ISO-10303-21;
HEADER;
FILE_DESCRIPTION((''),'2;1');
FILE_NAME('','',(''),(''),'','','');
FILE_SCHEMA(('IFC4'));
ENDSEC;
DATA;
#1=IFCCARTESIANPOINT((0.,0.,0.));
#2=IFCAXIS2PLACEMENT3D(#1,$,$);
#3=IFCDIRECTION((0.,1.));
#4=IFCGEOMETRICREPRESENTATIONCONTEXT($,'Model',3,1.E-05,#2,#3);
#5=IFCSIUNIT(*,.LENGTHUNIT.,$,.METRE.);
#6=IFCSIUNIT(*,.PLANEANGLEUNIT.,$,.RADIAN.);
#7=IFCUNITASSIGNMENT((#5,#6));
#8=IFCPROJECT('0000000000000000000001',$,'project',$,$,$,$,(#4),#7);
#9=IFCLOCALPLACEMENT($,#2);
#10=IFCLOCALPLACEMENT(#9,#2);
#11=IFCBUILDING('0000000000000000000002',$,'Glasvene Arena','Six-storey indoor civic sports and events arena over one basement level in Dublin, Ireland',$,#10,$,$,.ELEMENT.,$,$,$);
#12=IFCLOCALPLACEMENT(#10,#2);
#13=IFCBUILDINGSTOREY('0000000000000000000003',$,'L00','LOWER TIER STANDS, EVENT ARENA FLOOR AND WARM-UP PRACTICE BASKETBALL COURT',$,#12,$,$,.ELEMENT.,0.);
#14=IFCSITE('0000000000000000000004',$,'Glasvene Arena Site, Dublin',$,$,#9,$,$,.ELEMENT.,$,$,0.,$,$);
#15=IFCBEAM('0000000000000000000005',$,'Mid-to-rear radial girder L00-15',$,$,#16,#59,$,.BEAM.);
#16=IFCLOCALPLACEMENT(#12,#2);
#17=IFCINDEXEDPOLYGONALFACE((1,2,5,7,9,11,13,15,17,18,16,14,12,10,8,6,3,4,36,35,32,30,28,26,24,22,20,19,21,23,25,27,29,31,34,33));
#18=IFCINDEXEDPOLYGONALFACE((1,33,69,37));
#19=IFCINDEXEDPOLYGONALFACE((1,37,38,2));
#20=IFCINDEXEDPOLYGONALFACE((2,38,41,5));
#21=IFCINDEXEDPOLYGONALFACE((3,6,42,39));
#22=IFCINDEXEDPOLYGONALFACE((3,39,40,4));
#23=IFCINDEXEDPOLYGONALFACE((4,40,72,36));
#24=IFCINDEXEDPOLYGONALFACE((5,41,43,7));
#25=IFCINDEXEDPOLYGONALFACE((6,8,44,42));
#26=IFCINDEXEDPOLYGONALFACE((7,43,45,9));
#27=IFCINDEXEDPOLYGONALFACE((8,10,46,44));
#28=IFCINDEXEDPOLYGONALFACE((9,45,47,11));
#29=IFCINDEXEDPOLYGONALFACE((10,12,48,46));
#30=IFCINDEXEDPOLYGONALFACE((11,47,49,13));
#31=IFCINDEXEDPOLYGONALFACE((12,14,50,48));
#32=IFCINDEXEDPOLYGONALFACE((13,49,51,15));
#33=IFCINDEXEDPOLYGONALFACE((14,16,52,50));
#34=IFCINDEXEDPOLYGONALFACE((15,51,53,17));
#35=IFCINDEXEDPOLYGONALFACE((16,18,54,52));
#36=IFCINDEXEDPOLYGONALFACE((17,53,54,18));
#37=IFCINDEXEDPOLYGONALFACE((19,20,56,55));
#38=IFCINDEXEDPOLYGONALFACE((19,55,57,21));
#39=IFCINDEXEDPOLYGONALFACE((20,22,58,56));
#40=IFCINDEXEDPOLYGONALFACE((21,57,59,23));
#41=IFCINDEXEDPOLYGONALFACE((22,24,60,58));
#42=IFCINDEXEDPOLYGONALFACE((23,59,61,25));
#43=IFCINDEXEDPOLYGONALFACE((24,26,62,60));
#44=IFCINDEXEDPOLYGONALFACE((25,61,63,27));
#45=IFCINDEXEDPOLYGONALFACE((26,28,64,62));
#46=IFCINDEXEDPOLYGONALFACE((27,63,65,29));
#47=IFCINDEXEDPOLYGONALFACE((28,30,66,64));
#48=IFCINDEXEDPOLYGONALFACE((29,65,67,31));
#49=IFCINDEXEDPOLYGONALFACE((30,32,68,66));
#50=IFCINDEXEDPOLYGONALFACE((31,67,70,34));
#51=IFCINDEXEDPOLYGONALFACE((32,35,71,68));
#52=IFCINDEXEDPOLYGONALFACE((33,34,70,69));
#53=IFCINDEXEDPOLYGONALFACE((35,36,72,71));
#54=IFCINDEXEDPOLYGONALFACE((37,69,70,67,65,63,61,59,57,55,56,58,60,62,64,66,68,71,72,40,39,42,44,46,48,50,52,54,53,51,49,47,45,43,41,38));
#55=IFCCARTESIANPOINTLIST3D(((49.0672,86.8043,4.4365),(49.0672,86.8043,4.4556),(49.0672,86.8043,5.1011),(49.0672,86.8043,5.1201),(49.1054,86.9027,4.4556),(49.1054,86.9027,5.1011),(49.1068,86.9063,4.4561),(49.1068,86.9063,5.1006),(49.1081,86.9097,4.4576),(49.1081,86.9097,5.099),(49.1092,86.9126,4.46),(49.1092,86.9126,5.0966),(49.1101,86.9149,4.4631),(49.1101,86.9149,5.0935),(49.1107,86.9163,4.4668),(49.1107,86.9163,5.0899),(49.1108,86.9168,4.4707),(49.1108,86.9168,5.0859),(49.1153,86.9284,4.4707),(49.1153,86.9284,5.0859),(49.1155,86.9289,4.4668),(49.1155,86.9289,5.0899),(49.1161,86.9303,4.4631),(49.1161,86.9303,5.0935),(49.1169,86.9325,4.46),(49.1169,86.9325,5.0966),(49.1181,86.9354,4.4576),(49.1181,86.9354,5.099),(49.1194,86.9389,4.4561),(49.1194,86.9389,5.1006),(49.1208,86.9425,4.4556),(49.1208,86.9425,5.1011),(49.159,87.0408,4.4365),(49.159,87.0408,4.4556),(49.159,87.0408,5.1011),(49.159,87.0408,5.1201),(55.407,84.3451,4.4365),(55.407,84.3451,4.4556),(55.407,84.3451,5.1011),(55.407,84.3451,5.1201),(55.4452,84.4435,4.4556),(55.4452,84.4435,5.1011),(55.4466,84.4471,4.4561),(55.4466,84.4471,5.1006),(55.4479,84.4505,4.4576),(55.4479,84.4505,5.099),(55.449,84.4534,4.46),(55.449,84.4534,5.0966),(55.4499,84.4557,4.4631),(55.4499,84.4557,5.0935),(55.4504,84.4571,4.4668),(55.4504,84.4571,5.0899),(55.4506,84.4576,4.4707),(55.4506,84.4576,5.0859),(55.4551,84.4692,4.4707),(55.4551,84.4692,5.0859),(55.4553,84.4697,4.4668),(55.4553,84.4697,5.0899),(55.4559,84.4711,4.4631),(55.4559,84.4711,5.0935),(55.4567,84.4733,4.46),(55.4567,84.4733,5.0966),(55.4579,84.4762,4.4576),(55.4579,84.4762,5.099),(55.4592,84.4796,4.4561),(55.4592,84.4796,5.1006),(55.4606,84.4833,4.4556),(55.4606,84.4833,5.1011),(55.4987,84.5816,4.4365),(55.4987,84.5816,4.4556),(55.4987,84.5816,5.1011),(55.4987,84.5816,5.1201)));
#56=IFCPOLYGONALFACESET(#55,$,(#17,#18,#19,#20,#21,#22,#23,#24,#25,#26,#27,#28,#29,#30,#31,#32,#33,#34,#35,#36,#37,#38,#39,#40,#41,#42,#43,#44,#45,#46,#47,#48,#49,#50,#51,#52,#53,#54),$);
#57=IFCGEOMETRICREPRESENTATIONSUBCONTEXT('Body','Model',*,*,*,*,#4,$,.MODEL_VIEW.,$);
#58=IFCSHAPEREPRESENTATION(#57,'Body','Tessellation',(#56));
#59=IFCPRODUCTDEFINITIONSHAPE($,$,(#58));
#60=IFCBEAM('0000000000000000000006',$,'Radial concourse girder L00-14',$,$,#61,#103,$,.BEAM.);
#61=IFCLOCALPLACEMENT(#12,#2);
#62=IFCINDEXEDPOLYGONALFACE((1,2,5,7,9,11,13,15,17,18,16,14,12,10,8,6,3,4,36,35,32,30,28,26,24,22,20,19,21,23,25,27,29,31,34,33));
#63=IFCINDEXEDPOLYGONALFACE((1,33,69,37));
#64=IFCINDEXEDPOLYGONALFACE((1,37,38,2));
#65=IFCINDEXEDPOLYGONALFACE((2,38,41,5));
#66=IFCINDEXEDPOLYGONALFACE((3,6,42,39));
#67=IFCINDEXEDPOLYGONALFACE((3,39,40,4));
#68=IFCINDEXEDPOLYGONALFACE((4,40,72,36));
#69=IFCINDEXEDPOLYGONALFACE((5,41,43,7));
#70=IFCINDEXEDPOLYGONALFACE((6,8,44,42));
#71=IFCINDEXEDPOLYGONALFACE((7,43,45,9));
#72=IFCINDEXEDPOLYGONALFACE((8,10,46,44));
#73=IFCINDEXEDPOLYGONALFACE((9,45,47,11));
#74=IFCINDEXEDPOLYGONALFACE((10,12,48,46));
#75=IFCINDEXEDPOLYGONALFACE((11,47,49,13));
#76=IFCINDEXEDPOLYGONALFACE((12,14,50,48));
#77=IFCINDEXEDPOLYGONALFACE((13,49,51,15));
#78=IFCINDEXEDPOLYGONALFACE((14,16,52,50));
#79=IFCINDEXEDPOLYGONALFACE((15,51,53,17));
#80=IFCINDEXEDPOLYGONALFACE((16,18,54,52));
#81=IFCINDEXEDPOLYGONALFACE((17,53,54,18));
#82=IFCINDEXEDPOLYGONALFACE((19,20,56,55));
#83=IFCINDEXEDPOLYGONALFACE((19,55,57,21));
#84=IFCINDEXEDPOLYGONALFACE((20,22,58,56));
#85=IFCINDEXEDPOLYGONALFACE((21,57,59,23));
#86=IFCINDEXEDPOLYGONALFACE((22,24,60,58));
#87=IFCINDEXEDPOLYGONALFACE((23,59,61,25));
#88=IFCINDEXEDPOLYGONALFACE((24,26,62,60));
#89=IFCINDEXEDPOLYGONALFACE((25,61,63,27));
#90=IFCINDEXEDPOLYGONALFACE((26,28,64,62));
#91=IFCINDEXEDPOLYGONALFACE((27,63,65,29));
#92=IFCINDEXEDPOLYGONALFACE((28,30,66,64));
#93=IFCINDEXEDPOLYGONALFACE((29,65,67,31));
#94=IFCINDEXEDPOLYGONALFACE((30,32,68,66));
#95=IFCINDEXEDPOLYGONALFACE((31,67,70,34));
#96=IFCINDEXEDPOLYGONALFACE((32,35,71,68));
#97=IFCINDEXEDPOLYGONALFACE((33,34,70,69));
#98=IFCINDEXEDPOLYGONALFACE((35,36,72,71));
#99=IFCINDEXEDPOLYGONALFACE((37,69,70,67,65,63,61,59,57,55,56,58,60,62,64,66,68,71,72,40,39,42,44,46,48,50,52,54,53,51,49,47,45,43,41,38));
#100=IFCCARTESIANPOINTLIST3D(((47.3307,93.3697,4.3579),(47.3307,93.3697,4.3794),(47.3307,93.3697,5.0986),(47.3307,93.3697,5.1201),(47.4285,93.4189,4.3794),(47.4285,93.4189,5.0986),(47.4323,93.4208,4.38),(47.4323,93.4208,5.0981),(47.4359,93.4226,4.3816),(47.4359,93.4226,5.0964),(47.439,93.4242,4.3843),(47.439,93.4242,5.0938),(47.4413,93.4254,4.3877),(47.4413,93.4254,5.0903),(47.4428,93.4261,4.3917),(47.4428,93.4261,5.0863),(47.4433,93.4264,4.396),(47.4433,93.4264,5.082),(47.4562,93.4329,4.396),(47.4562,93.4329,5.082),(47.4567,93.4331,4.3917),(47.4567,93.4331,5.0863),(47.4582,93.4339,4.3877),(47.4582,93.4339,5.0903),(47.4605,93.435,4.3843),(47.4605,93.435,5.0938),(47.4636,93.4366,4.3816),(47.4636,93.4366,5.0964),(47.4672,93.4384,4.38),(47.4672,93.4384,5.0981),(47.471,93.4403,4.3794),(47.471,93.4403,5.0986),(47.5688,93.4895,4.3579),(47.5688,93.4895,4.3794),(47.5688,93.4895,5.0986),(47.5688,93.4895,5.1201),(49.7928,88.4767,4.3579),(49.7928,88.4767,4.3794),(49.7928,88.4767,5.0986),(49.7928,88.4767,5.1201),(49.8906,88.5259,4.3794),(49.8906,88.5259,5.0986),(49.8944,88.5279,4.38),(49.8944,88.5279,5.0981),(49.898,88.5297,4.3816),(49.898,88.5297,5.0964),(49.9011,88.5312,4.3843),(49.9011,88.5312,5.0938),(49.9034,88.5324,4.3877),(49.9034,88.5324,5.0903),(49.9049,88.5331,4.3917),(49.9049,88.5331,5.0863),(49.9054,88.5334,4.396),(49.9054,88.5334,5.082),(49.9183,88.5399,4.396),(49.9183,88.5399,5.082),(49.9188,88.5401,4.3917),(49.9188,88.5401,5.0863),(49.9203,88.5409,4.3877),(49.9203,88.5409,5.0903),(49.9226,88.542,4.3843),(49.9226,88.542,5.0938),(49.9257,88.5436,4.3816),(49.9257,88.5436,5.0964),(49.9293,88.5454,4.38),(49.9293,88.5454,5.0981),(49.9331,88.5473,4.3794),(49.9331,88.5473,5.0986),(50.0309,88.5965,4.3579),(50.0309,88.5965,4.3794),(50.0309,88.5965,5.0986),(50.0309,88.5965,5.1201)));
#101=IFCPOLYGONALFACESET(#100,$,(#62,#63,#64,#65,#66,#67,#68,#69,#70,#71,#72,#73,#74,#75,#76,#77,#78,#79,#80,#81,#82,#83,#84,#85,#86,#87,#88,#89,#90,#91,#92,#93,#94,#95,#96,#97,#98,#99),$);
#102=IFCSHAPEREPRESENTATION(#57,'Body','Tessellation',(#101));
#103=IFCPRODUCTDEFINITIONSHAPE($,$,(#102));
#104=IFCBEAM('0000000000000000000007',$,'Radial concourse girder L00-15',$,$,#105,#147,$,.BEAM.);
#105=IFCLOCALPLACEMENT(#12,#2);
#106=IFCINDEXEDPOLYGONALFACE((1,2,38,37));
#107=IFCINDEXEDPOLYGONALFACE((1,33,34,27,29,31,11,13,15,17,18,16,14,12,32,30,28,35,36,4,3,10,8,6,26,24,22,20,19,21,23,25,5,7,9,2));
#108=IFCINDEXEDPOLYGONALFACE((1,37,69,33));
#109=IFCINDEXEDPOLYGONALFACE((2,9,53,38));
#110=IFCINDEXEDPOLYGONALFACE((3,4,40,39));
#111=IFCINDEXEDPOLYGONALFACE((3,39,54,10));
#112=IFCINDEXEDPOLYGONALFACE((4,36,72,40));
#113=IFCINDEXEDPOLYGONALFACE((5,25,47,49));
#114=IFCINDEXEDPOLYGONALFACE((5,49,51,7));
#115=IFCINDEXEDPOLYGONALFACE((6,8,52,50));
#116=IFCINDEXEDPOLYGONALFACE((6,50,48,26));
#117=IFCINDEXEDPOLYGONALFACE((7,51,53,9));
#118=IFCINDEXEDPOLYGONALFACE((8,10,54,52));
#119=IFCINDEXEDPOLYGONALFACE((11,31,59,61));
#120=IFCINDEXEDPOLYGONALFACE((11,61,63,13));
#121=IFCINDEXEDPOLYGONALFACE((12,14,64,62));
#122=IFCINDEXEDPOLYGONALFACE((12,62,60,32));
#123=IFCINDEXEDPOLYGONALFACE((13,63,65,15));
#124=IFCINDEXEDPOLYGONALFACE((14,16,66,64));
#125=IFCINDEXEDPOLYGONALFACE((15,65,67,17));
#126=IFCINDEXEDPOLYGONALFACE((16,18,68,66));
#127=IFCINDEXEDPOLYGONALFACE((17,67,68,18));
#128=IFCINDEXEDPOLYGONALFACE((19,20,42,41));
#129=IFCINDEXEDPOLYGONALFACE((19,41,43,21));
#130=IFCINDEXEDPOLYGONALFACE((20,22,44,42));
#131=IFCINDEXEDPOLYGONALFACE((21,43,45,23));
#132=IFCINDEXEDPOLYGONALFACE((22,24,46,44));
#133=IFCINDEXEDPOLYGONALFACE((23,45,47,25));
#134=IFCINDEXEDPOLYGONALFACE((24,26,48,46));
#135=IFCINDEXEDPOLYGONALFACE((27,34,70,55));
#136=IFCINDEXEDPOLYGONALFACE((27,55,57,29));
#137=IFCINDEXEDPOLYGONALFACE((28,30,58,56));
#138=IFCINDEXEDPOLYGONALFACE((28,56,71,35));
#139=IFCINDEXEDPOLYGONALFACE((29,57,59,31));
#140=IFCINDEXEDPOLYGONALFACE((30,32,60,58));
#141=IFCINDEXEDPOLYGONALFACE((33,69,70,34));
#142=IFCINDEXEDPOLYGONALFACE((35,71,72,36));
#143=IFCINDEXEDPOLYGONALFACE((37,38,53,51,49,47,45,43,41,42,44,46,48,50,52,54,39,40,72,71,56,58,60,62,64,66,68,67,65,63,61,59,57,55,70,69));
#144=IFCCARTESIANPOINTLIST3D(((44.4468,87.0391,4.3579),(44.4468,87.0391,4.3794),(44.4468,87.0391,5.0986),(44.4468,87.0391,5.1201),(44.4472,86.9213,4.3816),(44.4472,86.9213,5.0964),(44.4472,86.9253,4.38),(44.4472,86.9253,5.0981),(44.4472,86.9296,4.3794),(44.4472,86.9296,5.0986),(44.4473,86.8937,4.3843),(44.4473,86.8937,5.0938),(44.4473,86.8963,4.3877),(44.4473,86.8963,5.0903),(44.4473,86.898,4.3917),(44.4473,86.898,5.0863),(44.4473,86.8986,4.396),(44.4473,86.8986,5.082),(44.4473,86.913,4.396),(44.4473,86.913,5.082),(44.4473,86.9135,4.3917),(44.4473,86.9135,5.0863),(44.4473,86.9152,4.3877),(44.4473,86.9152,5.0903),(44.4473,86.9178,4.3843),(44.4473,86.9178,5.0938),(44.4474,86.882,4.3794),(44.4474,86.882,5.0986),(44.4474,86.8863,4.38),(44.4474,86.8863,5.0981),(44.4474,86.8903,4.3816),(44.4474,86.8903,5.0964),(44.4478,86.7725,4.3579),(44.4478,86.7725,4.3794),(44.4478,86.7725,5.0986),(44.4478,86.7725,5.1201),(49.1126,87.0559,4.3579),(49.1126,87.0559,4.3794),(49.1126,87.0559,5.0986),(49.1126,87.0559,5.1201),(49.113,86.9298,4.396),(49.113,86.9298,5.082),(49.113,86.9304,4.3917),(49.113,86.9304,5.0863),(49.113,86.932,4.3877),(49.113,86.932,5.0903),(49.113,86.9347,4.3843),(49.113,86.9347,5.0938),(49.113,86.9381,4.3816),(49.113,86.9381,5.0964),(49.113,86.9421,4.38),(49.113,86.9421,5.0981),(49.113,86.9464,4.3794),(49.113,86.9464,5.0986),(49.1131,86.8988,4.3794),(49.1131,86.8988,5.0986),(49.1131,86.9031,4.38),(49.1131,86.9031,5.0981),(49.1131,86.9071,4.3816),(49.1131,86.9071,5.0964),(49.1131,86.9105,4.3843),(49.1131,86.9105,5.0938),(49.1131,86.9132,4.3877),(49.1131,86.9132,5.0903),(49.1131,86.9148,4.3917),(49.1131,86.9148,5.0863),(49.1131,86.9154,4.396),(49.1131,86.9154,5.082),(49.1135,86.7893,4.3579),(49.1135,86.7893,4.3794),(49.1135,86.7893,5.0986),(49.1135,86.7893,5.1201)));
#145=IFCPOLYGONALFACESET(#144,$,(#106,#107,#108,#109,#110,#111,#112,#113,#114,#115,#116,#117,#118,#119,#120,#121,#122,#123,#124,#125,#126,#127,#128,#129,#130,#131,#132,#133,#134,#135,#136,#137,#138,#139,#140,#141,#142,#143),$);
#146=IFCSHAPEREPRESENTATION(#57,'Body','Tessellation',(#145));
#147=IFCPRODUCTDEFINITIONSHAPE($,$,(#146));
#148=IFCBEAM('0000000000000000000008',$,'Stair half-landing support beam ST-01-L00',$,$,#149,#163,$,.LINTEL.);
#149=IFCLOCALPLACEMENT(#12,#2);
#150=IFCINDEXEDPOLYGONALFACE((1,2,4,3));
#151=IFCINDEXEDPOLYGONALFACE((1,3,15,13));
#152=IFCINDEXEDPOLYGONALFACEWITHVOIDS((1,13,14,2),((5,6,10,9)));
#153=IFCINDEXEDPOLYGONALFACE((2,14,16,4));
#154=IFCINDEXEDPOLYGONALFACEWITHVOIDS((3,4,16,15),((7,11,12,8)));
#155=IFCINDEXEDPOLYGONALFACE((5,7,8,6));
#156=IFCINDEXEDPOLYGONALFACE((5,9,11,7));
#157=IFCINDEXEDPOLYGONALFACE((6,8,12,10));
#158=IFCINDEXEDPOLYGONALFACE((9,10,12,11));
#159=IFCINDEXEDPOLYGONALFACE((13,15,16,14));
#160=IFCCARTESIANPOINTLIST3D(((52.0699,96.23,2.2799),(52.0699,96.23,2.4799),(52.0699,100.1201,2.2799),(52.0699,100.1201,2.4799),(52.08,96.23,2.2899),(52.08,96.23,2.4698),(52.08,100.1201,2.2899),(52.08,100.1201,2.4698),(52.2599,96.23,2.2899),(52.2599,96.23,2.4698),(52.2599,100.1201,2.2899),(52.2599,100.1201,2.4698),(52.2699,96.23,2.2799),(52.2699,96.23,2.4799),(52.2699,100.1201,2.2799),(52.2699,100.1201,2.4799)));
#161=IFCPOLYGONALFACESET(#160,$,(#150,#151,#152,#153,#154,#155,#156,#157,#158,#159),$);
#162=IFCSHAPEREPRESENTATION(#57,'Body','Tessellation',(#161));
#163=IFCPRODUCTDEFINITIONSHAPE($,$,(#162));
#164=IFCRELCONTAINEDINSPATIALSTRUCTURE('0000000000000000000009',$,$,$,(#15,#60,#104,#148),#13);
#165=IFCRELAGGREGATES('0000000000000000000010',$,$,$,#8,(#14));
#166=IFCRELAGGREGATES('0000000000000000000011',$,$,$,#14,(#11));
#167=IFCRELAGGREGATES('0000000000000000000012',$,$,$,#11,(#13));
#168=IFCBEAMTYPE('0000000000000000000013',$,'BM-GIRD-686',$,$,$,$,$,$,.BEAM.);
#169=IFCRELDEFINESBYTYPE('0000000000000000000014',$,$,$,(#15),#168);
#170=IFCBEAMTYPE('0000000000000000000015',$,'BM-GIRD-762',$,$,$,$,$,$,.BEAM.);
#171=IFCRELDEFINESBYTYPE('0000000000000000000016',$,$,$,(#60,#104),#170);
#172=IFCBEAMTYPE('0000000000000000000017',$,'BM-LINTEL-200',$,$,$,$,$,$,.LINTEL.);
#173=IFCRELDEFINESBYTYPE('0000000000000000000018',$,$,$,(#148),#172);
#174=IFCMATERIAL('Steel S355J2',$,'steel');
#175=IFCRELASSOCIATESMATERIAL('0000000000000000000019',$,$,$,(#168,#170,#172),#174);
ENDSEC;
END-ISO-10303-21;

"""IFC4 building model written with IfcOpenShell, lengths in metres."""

from ifc_helpers import new_model, si_unit, direction, frame, origin, origin_2d, place, context, subcontext, project, spatial, hollow_rectangle, i_section, extrude, material, material_profile, profile_set, type_object, element, save


model = new_model("IFC4")

# Units and contexts
model_context = context("Model", 3, precision=1e-05, world=origin(), true_north=direction((0.0, 1.0)))
body_context = subcontext(model_context, "Body", "Model", "MODEL_VIEW")
ifc_project = project(units=[si_unit("LENGTHUNIT", "METRE"), si_unit("PLANEANGLEUNIT", "RADIAN")], contexts=[model_context])

# Site, building, storey
site_placement = place(None, origin())
site = spatial("IfcSite", under=ifc_project, at=site_placement, Name="Glasvene Arena Site, Dublin", CompositionType="ELEMENT", RefElevation=0.0)
building_placement = place(site_placement, origin())
building = spatial("IfcBuilding", under=site, at=building_placement, Name="Glasvene Arena", Description="Six-storey indoor civic sports and events arena over one basement level in Dublin, Ireland", CompositionType="ELEMENT")
storey_placement = place(building_placement, origin())
storey = spatial("IfcBuildingStorey", under=building, at=storey_placement, Name="L00", Description="LOWER TIER STANDS, EVENT ARENA FLOOR AND WARM-UP PRACTICE BASKETBALL COURT", CompositionType="ELEMENT", Elevation=0.0)

# Shared definitions
ifc_material_1 = material(Name="Steel S355J2", Category="steel")

# Beams
ifc_material_profile_1 = material_profile(ifc_material_1, i_section(OverallWidth=0.2537, OverallDepth=0.6836, WebThickness=0.0125, FlangeThickness=0.019, FilletRadius=0.0151, at=origin_2d()), Name="UKB 686x254x140")
ifc_profile_set_1 = profile_set([ifc_material_profile_1], Name="Steel S355J2")
beam_type_1 = type_object("IfcBeamType", Name="BM-GIRD-686", PredefinedType="BEAM", material=ifc_profile_set_1)
for number, where, z_axis, x_axis, name in (
    (1, (55.4529, 84.4634, 4.7783), (-0.932316, 0.361646, 0.0), (-0.361646, -0.932316, 0.0), "Mid-to-rear radial girder L00-15"),
):
    element("IfcBeam", number, at=place(storey_placement, frame(where, z_axis=z_axis, x_axis=x_axis)), inside=storey, type_object=beam_type_1, Name=name, PredefinedType="BEAM", context=body_context, shape_type="SweptSolid", body=[
        extrude(i_section(OverallWidth=0.2537, OverallDepth=0.6836, WebThickness=0.0125, FlangeThickness=0.019, FilletRadius=0.0151, at=origin_2d()), origin(), (0.0, 0.0, 1.0), 6.8),
    ])
ifc_material_profile_2 = material_profile(ifc_material_1, i_section(OverallWidth=0.2666, OverallDepth=0.7622, WebThickness=0.0144, FlangeThickness=0.0215, FilletRadius=0.0166, at=origin_2d()), Name="UKB 762x267x173")
ifc_profile_set_2 = profile_set([ifc_material_profile_2], Name="Steel S355J2")
beam_type_2 = type_object("IfcBeamType", Name="BM-GIRD-762", PredefinedType="BEAM", material=ifc_profile_set_2)
beam_1_placement = place(storey_placement, frame((49.9119, 88.5366, 4.739), z_axis=(-0.449494, 0.893283, 0.0), x_axis=(-0.893283, -0.449494, 0.0)))
element("IfcBeam", 2, at=beam_1_placement, inside=storey, type_object=beam_type_2, Name="Radial concourse girder L00-14", PredefinedType="BEAM", context=body_context, shape_type="SweptSolid", body=[
    extrude(i_section(OverallWidth=0.2666, OverallDepth=0.7622, WebThickness=0.0144, FlangeThickness=0.0215, FilletRadius=0.0166, at=origin_2d()), origin(), (0.0, 0.0, 1.0), 5.4775),
])
beam_2_placement = place(storey_placement, frame((49.113, 86.9226, 4.739), z_axis=(-0.999993, -0.00361, 0.0), x_axis=(0.00361, -0.999993, 0.0)))
element("IfcBeam", 3, at=beam_2_placement, inside=storey, type_object=beam_type_2, Name="Radial concourse girder L00-15", PredefinedType="BEAM", context=body_context, shape_type="SweptSolid", body=[
    extrude(i_section(OverallWidth=0.2666, OverallDepth=0.7622, WebThickness=0.0144, FlangeThickness=0.0215, FilletRadius=0.0166, at=origin_2d()), origin(), (0.0, 0.0, 1.0), 4.6658),
])
ifc_material_profile_3 = material_profile(ifc_material_1, hollow_rectangle(XDim=0.2, YDim=0.2, WallThickness=0.01, at=origin_2d()), Name="SHS 200x200x10.0")
ifc_profile_set_3 = profile_set([ifc_material_profile_3], Name="Steel S355J2")
beam_type_3 = type_object("IfcBeamType", Name="BM-LINTEL-200", PredefinedType="LINTEL", material=ifc_profile_set_3)
beam_3_placement = place(storey_placement, frame((52.1699, 96.23, 2.3799), z_axis=(0.0, 1.0, 0.0), x_axis=(-1.0, 0.0, 0.0)))
element("IfcBeam", 4, at=beam_3_placement, inside=storey, type_object=beam_type_3, Name="Stair half-landing support beam ST-01-L00", PredefinedType="LINTEL", context=body_context, shape_type="SweptSolid", body=[
    extrude(hollow_rectangle(XDim=0.2, YDim=0.2, WallThickness=0.01, at=origin_2d()), origin(), (0.0, 0.0, 1.0), 3.8901),
])

save(model, "model.ifc")
